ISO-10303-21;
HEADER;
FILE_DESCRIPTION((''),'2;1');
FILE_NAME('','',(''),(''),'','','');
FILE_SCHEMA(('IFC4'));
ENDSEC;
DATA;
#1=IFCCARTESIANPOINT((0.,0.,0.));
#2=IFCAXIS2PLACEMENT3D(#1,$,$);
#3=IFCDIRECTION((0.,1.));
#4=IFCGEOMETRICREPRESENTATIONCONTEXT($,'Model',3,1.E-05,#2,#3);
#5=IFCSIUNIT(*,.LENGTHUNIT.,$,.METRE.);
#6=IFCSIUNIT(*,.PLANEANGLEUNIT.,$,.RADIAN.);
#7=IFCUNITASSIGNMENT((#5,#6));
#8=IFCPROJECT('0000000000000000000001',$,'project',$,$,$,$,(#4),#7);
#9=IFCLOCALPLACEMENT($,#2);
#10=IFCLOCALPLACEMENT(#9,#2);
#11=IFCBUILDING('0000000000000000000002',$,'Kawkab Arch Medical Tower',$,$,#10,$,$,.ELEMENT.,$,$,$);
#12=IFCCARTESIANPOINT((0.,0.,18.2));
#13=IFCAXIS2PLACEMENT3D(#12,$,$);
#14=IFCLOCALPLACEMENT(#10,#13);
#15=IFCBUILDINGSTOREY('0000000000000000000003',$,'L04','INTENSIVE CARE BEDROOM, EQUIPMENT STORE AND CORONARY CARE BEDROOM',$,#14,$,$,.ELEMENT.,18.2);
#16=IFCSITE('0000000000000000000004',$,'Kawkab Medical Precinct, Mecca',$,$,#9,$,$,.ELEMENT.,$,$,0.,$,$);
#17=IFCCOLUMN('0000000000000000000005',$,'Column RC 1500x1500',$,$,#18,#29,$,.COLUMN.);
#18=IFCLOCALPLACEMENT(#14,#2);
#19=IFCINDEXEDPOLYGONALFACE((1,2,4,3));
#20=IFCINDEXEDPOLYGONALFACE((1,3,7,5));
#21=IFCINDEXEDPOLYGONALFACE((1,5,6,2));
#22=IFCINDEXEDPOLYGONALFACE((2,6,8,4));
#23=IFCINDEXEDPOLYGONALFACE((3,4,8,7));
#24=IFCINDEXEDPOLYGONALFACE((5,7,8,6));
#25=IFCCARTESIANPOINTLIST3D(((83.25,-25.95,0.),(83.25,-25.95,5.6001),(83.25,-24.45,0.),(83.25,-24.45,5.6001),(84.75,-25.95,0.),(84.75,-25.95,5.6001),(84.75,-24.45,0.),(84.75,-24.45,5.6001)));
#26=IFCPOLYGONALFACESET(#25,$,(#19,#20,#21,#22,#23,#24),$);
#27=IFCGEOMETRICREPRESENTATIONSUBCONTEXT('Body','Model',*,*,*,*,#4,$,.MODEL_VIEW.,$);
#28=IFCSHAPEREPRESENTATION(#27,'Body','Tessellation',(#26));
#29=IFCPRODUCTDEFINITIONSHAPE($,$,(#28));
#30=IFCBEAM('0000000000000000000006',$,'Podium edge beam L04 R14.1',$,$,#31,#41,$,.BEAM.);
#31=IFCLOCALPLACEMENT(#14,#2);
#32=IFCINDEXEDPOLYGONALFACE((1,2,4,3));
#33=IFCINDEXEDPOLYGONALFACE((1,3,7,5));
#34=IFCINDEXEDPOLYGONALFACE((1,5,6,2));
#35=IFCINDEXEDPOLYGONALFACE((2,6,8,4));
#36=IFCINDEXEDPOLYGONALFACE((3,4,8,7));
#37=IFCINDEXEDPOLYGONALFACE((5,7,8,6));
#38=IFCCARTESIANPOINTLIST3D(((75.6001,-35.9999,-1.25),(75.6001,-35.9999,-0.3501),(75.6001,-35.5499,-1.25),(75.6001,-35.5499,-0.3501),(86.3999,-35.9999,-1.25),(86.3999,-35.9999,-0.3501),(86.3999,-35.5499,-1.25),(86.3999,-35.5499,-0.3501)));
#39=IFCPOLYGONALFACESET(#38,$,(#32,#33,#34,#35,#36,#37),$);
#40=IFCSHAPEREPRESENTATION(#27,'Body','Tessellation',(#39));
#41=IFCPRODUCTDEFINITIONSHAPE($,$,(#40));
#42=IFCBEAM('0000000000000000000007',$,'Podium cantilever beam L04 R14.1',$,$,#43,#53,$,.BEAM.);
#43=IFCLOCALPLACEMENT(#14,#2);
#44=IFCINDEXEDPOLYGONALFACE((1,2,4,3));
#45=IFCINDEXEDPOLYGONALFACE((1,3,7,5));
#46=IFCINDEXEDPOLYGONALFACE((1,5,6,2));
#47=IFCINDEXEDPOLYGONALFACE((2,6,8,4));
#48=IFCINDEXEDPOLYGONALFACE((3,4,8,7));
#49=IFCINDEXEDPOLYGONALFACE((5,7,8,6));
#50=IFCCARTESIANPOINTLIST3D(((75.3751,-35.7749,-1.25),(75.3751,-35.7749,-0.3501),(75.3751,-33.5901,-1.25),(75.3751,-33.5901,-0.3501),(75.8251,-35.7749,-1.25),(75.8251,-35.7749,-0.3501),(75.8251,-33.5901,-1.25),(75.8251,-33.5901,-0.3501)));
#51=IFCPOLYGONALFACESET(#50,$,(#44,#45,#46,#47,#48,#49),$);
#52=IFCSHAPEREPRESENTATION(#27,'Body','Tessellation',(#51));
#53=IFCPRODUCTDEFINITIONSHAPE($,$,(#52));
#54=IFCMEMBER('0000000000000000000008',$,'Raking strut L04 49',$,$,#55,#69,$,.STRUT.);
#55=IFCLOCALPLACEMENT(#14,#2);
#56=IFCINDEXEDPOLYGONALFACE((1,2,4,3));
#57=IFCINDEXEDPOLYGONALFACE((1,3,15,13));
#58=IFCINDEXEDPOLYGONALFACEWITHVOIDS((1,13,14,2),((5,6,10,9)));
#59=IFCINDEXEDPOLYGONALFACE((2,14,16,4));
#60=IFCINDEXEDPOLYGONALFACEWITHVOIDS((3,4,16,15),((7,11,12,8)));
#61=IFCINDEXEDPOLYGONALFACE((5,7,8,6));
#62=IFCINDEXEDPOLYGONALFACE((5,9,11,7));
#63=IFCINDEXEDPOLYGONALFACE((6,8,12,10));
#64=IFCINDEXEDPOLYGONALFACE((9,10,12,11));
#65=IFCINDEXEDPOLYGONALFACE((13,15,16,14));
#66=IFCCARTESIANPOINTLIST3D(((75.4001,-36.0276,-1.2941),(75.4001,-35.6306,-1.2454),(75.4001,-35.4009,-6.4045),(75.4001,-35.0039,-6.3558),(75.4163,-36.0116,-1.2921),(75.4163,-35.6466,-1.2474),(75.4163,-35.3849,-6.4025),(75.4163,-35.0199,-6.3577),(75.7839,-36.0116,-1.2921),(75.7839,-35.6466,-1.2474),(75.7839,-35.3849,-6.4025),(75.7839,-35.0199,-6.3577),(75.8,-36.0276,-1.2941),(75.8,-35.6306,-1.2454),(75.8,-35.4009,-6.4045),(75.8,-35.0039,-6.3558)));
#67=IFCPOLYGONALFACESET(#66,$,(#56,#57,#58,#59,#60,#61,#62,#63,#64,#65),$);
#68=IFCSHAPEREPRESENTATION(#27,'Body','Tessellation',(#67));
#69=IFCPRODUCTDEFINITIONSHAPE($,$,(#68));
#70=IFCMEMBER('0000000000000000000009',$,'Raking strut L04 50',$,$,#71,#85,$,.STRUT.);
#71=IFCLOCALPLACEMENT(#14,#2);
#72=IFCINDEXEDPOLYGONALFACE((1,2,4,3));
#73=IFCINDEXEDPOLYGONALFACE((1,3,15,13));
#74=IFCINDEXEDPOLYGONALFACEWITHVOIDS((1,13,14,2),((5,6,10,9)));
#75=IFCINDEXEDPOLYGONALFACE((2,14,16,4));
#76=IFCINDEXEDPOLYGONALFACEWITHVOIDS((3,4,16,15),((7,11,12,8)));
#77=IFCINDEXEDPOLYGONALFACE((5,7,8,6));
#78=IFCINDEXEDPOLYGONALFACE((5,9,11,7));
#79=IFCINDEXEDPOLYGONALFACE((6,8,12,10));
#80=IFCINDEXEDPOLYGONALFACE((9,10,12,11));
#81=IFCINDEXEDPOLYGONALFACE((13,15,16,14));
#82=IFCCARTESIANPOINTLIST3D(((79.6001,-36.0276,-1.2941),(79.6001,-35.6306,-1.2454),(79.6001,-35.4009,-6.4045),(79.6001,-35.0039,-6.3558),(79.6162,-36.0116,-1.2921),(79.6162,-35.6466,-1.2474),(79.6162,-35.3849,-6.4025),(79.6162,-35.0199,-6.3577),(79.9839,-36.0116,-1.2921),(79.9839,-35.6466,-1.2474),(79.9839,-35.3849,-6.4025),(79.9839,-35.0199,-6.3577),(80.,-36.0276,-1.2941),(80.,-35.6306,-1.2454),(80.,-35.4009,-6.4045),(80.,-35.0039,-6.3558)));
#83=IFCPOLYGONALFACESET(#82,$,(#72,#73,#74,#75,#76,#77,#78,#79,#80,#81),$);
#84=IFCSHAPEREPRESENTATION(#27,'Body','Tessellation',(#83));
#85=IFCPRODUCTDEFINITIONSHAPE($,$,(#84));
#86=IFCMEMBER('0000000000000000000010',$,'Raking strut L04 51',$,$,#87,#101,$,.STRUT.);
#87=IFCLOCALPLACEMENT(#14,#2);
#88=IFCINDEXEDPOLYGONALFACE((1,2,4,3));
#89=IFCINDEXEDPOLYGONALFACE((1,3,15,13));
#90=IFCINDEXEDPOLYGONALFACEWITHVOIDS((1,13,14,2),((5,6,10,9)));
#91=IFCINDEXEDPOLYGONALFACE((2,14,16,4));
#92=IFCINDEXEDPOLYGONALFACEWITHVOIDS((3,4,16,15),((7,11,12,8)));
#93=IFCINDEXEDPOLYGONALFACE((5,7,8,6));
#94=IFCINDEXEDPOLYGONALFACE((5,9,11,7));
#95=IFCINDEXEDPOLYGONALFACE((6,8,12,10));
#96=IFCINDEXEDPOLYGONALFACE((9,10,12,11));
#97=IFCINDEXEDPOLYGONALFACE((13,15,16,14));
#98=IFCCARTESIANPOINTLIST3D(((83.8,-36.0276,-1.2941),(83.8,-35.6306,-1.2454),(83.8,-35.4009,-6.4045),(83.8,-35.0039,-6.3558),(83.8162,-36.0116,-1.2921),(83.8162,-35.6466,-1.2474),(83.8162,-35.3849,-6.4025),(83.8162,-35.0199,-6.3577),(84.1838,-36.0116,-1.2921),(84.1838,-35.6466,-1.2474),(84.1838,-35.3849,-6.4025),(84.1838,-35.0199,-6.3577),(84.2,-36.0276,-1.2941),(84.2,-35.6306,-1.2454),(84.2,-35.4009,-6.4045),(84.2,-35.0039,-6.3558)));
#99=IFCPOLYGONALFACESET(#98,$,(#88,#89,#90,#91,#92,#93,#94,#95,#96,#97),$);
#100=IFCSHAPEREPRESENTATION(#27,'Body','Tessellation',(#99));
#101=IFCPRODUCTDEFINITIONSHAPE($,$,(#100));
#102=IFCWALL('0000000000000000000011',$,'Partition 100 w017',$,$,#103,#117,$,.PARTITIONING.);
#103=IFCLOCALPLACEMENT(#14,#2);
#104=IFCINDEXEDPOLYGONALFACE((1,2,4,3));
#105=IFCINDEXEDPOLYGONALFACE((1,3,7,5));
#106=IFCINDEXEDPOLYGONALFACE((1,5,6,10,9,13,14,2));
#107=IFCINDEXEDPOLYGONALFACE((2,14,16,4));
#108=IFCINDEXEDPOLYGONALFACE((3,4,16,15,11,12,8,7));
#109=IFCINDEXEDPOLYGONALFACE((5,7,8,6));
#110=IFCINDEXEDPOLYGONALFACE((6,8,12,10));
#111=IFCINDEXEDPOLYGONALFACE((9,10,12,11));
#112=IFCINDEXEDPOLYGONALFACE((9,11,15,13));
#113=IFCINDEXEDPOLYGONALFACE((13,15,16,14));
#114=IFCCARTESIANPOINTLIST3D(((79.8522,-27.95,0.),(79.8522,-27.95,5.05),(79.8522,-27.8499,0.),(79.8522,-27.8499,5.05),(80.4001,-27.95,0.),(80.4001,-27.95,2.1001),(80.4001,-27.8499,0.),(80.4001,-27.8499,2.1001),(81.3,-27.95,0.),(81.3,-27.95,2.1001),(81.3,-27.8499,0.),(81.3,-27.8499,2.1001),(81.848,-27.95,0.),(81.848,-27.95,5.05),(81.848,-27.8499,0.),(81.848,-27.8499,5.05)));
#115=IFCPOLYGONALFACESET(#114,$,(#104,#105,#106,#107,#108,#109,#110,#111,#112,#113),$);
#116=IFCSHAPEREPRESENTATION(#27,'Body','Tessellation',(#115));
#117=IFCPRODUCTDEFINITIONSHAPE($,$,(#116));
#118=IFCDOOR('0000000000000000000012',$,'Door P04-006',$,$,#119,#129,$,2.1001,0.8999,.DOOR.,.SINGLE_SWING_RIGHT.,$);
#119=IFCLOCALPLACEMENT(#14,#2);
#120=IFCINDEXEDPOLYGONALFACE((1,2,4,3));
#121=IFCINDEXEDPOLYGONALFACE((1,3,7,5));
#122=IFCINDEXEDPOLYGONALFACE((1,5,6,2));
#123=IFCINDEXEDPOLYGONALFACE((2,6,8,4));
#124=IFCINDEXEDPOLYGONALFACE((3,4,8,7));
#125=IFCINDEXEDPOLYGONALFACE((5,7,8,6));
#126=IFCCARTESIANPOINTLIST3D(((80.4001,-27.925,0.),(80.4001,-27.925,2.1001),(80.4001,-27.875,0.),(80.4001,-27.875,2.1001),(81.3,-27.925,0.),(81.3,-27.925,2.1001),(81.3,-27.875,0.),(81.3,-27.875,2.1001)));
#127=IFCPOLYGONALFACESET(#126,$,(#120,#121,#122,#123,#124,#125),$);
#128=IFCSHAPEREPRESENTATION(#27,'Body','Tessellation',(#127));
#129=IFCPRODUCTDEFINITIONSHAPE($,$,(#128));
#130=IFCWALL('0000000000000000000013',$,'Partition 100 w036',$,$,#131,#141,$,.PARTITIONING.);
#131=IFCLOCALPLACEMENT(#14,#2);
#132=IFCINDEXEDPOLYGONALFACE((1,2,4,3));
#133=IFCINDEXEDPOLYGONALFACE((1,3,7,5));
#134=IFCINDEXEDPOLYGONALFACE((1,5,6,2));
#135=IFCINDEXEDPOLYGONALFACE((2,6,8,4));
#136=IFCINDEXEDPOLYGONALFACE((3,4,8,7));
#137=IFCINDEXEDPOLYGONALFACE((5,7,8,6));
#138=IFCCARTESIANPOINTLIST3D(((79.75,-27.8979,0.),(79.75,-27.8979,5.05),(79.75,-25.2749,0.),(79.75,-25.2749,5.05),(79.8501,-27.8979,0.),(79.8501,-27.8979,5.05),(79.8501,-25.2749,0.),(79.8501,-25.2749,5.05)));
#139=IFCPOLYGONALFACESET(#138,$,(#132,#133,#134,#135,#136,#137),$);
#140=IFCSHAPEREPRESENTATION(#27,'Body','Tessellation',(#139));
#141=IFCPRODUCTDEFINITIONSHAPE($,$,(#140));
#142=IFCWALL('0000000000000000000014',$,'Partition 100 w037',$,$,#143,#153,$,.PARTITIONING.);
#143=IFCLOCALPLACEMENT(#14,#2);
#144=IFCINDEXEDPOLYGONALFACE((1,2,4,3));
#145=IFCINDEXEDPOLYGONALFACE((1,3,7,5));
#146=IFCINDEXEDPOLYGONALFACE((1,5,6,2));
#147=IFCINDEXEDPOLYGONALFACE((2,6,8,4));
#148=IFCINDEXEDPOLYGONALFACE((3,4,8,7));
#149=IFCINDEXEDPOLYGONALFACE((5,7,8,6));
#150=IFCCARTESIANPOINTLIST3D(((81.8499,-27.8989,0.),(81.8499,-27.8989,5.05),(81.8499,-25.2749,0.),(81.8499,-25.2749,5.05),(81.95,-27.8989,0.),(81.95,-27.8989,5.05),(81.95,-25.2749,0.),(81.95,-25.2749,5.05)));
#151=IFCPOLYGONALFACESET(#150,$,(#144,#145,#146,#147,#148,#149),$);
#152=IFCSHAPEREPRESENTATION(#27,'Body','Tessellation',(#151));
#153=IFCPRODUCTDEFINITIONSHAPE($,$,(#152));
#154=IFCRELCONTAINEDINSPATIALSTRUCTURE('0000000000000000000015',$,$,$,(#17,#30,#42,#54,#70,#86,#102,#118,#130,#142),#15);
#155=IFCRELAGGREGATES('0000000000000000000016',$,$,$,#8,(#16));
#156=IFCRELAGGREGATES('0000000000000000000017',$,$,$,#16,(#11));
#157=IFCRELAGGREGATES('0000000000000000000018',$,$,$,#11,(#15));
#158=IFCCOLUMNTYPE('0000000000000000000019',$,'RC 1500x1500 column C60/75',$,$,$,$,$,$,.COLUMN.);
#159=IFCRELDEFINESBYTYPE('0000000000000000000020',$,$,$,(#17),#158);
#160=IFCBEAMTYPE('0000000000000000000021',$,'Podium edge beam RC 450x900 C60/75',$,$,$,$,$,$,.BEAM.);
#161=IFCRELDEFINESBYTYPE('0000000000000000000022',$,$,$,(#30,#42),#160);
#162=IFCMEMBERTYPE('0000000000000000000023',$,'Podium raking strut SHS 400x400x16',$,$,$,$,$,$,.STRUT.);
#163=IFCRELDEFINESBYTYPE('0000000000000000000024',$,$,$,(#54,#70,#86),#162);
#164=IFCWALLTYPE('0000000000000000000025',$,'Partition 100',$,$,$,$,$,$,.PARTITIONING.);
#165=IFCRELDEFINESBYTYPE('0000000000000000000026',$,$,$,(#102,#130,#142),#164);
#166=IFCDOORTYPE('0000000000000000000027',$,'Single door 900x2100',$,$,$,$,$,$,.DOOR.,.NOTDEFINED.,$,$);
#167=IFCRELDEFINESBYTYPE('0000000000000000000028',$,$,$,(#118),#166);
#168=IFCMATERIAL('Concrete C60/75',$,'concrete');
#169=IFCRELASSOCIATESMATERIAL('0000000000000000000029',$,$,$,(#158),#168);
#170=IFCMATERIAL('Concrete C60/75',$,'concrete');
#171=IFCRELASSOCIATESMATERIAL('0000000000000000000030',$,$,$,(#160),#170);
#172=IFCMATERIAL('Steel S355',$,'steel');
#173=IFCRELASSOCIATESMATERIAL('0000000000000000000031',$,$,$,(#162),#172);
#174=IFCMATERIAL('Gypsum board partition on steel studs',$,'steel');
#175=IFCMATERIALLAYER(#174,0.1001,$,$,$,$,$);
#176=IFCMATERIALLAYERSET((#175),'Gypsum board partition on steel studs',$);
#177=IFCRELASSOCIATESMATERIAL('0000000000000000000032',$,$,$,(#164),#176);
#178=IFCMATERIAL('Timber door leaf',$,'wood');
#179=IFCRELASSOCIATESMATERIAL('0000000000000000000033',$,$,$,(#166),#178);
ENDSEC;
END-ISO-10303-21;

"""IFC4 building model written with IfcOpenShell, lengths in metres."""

from ifc_helpers import new_model, si_unit, direction, frame, frame_2d, origin, origin_2d, place, context, subcontext, project, spatial, rectangle, hollow_rectangle, extrude, material, layer, layer_set, material_profile, profile_set, type_object, element, fill, save


model = new_model("IFC4")

# Units and contexts
model_context = context("Model", 3, precision=1e-05, world=origin(), true_north=direction((0.0, 1.0)))
body_context = subcontext(model_context, "Body", "Model", "MODEL_VIEW")
ifc_project = project(units=[si_unit("LENGTHUNIT", "METRE"), si_unit("PLANEANGLEUNIT", "RADIAN")], contexts=[model_context])

# Site, building, storey
site_placement = place(None, origin())
site = spatial("IfcSite", under=ifc_project, at=site_placement, Name="Kawkab Medical Precinct, Mecca", CompositionType="ELEMENT", RefElevation=0.0)
building_placement = place(site_placement, origin())
building = spatial("IfcBuilding", under=site, at=building_placement, Name="Kawkab Arch Medical Tower", CompositionType="ELEMENT")
storey_placement = place(building_placement, frame((0.0, 0.0, 18.2)))
storey = spatial("IfcBuildingStorey", under=building, at=storey_placement, Name="L04", Description="INTENSIVE CARE BEDROOM, EQUIPMENT STORE AND CORONARY CARE BEDROOM", CompositionType="ELEMENT", Elevation=18.2)

# Column
ifc_material_1 = material(Name="Concrete C60/75", Category="concrete")
ifc_material_profile_1 = material_profile(ifc_material_1, rectangle(XDim=1.5, YDim=1.5, at=origin_2d()), Name="RC 1500x1500")
ifc_profile_set_1 = profile_set([ifc_material_profile_1], Name="Concrete C60/75")
column_type = type_object("IfcColumnType", Name="RC 1500x1500 column C60/75", PredefinedType="COLUMN", material=ifc_profile_set_1)
column_placement = place(storey_placement, frame((84.0, -25.2, 0.0), z_axis=(0.0, 0.0, 1.0), x_axis=(1.0, 0.0, 0.0)))
element("IfcColumn", 1, at=column_placement, inside=storey, type_object=column_type, Name="Column RC 1500x1500", PredefinedType="COLUMN", context=body_context, shape_type="SweptSolid", body=[
    extrude(rectangle(XDim=1.5, YDim=1.5, at=origin_2d()), origin(), (0.0, 0.0, 1.0), 5.6001),
])

# Beams
ifc_material_2 = material(Name="Concrete C60/75", Category="concrete")
ifc_material_profile_2 = material_profile(ifc_material_2, rectangle(XDim=0.45, YDim=0.8999, at=origin_2d()), Name="RC 450x900")
ifc_profile_set_2 = profile_set([ifc_material_profile_2], Name="Concrete C60/75")
beam_type = type_object("IfcBeamType", Name="Podium edge beam RC 450x900 C60/75", PredefinedType="BEAM", material=ifc_profile_set_2)
beam_1_placement = place(storey_placement, frame((75.6001, -35.7749, -0.8), z_axis=(1.0, 0.0, 0.0), x_axis=(0.0, 1.0, 0.0)))
element("IfcBeam", 2, at=beam_1_placement, inside=storey, type_object=beam_type, Name="Podium edge beam L04 R14.1", PredefinedType="BEAM", context=body_context, shape_type="SweptSolid", body=[
    extrude(rectangle(XDim=0.45, YDim=0.8999, at=origin_2d()), origin(), (0.0, 0.0, 1.0), 10.7998),
])
beam_2_placement = place(storey_placement, frame((75.6001, -33.5901, -0.8), z_axis=(0.0, -1.0, 0.0), x_axis=(1.0, 0.0, 0.0)))
element("IfcBeam", 3, at=beam_2_placement, inside=storey, type_object=beam_type, Name="Podium cantilever beam L04 R14.1", PredefinedType="BEAM", context=body_context, shape_type="SweptSolid", body=[
    extrude(rectangle(XDim=0.45, YDim=0.8999, at=origin_2d()), origin(), (0.0, 0.0, 1.0), 2.1848),
])

# Members
ifc_material_3 = material(Name="Steel S355", Category="steel")
ifc_material_profile_3 = material_profile(ifc_material_3, hollow_rectangle(XDim=0.3999, YDim=0.3999, WallThickness=0.0161, at=origin_2d()), Name="SHS 400x400x16")
ifc_profile_set_3 = profile_set([ifc_material_profile_3], Name="Steel S355")
member_type = type_object("IfcMemberType", Name="Podium raking strut SHS 400x400x16", PredefinedType="STRUT", material=ifc_profile_set_3)
for number, where, z_axis, x_axis, name in (
    (4, (75.6001, -35.2024, -6.3801), (0.0, -0.121723, 0.992564), (1.0, 0.0, 0.0), "Raking strut L04 49"),
    (5, (79.8, -35.2024, -6.3801), (0.0, -0.121723, 0.992564), (1.0, 0.0, 0.0), "Raking strut L04 50"),
    (6, (84.0, -35.2024, -6.3801), (0.0, -0.121723, 0.992564), (1.0, 0.0, 0.0), "Raking strut L04 51"),
):
    element("IfcMember", number, at=place(storey_placement, frame(where, z_axis=z_axis, x_axis=x_axis)), inside=storey, type_object=member_type, Name=name, PredefinedType="STRUT", context=body_context, shape_type="SweptSolid", body=[
        extrude(hollow_rectangle(XDim=0.3999, YDim=0.3999, WallThickness=0.0161, at=origin_2d()), origin(), (0.0, 0.0, 1.0), 5.1487),
    ])

# Wall, opening, door
ifc_material_4 = material(Name="Gypsum board partition on steel studs", Category="steel")
ifc_layer_1 = layer(ifc_material_4, 0.1001)
ifc_layer_set_1 = layer_set([ifc_layer_1], Name="Gypsum board partition on steel studs")
wall_type_1 = type_object("IfcWallType", Name="Partition 100", PredefinedType="PARTITIONING", material=ifc_layer_set_1)
wall_1_placement = place(storey_placement, frame((79.8521, -27.8999, 0.0), z_axis=(0.0, 0.0, 1.0), x_axis=(1.0, 0.0, 0.0)))
wall_1 = element("IfcWall", 7, at=wall_1_placement, inside=storey, type_object=wall_type_1, Name="Partition 100 w017", PredefinedType="PARTITIONING", context=body_context, shape_type="SweptSolid", body=[
    extrude(rectangle(XDim=1.9958, YDim=0.1001, at=frame_2d((0.998, 0.0))), origin(), (0.0, 0.0, 1.0), 5.05),
])
opening_1_placement = place(wall_1_placement, frame((0.5481, 0.0, 0.0)))
opening_1 = element("IfcOpeningElement", 8, at=opening_1_placement, cuts=wall_1, PredefinedType="OPENING", context=body_context, shape_type="SweptSolid", body=[
    extrude(rectangle(XDim=0.8999, YDim=2.1001, at=frame_2d((0.45, 1.05))), frame((0.0, 0.0601, 0.0), z_axis=(0.0, -1.0, 0.0), x_axis=(1.0, 0.0, 0.0)), (0.0, 0.0, 1.0), 0.1201),
])
ifc_material_5 = material(Name="Timber door leaf", Category="wood")
door_type_1 = type_object("IfcDoorType", Name="Single door 900x2100", OperationType="NOTDEFINED", PredefinedType="DOOR", material=ifc_material_5)
door_1_placement = place(opening_1_placement, origin())
door_1 = element("IfcDoor", 9, at=door_1_placement, inside=storey, type_object=door_type_1, Name="Door P04-006", OperationType="SINGLE_SWING_RIGHT", OverallHeight=2.1001, OverallWidth=0.8999, PredefinedType="DOOR", context=body_context, shape_type="SweptSolid", body=[
    extrude(rectangle(XDim=0.8999, YDim=2.1001, at=frame_2d((0.45, 1.05))), frame((0.0, 0.0249, 0.0), z_axis=(0.0, -1.0, 0.0), x_axis=(1.0, 0.0, 0.0)), (0.0, 0.0, 1.0), 0.05),
])
fill(opening_1, door_1)

# Walls
wall_2_placement = place(storey_placement, frame((79.8, -27.8979, 0.0), z_axis=(0.0, 0.0, 1.0), x_axis=(0.0, 1.0, 0.0)))
element("IfcWall", 10, at=wall_2_placement, inside=storey, type_object=wall_type_1, Name="Partition 100 w036", PredefinedType="PARTITIONING", context=body_context, shape_type="SweptSolid", body=[
    extrude(rectangle(XDim=2.623, YDim=0.1001, at=frame_2d((1.3115, 0.0))), origin(), (0.0, 0.0, 1.0), 5.05),
])
wall_3_placement = place(storey_placement, frame((81.8999, -27.8989, 0.0), z_axis=(0.0, 0.0, 1.0), x_axis=(0.0, 1.0, 0.0)))
element("IfcWall", 11, at=wall_3_placement, inside=storey, type_object=wall_type_1, Name="Partition 100 w037", PredefinedType="PARTITIONING", context=body_context, shape_type="SweptSolid", body=[
    extrude(rectangle(XDim=2.624, YDim=0.1001, at=frame_2d((1.312, 0.0))), origin(), (0.0, 0.0, 1.0), 5.05),
])

save(model, "model.ifc")
